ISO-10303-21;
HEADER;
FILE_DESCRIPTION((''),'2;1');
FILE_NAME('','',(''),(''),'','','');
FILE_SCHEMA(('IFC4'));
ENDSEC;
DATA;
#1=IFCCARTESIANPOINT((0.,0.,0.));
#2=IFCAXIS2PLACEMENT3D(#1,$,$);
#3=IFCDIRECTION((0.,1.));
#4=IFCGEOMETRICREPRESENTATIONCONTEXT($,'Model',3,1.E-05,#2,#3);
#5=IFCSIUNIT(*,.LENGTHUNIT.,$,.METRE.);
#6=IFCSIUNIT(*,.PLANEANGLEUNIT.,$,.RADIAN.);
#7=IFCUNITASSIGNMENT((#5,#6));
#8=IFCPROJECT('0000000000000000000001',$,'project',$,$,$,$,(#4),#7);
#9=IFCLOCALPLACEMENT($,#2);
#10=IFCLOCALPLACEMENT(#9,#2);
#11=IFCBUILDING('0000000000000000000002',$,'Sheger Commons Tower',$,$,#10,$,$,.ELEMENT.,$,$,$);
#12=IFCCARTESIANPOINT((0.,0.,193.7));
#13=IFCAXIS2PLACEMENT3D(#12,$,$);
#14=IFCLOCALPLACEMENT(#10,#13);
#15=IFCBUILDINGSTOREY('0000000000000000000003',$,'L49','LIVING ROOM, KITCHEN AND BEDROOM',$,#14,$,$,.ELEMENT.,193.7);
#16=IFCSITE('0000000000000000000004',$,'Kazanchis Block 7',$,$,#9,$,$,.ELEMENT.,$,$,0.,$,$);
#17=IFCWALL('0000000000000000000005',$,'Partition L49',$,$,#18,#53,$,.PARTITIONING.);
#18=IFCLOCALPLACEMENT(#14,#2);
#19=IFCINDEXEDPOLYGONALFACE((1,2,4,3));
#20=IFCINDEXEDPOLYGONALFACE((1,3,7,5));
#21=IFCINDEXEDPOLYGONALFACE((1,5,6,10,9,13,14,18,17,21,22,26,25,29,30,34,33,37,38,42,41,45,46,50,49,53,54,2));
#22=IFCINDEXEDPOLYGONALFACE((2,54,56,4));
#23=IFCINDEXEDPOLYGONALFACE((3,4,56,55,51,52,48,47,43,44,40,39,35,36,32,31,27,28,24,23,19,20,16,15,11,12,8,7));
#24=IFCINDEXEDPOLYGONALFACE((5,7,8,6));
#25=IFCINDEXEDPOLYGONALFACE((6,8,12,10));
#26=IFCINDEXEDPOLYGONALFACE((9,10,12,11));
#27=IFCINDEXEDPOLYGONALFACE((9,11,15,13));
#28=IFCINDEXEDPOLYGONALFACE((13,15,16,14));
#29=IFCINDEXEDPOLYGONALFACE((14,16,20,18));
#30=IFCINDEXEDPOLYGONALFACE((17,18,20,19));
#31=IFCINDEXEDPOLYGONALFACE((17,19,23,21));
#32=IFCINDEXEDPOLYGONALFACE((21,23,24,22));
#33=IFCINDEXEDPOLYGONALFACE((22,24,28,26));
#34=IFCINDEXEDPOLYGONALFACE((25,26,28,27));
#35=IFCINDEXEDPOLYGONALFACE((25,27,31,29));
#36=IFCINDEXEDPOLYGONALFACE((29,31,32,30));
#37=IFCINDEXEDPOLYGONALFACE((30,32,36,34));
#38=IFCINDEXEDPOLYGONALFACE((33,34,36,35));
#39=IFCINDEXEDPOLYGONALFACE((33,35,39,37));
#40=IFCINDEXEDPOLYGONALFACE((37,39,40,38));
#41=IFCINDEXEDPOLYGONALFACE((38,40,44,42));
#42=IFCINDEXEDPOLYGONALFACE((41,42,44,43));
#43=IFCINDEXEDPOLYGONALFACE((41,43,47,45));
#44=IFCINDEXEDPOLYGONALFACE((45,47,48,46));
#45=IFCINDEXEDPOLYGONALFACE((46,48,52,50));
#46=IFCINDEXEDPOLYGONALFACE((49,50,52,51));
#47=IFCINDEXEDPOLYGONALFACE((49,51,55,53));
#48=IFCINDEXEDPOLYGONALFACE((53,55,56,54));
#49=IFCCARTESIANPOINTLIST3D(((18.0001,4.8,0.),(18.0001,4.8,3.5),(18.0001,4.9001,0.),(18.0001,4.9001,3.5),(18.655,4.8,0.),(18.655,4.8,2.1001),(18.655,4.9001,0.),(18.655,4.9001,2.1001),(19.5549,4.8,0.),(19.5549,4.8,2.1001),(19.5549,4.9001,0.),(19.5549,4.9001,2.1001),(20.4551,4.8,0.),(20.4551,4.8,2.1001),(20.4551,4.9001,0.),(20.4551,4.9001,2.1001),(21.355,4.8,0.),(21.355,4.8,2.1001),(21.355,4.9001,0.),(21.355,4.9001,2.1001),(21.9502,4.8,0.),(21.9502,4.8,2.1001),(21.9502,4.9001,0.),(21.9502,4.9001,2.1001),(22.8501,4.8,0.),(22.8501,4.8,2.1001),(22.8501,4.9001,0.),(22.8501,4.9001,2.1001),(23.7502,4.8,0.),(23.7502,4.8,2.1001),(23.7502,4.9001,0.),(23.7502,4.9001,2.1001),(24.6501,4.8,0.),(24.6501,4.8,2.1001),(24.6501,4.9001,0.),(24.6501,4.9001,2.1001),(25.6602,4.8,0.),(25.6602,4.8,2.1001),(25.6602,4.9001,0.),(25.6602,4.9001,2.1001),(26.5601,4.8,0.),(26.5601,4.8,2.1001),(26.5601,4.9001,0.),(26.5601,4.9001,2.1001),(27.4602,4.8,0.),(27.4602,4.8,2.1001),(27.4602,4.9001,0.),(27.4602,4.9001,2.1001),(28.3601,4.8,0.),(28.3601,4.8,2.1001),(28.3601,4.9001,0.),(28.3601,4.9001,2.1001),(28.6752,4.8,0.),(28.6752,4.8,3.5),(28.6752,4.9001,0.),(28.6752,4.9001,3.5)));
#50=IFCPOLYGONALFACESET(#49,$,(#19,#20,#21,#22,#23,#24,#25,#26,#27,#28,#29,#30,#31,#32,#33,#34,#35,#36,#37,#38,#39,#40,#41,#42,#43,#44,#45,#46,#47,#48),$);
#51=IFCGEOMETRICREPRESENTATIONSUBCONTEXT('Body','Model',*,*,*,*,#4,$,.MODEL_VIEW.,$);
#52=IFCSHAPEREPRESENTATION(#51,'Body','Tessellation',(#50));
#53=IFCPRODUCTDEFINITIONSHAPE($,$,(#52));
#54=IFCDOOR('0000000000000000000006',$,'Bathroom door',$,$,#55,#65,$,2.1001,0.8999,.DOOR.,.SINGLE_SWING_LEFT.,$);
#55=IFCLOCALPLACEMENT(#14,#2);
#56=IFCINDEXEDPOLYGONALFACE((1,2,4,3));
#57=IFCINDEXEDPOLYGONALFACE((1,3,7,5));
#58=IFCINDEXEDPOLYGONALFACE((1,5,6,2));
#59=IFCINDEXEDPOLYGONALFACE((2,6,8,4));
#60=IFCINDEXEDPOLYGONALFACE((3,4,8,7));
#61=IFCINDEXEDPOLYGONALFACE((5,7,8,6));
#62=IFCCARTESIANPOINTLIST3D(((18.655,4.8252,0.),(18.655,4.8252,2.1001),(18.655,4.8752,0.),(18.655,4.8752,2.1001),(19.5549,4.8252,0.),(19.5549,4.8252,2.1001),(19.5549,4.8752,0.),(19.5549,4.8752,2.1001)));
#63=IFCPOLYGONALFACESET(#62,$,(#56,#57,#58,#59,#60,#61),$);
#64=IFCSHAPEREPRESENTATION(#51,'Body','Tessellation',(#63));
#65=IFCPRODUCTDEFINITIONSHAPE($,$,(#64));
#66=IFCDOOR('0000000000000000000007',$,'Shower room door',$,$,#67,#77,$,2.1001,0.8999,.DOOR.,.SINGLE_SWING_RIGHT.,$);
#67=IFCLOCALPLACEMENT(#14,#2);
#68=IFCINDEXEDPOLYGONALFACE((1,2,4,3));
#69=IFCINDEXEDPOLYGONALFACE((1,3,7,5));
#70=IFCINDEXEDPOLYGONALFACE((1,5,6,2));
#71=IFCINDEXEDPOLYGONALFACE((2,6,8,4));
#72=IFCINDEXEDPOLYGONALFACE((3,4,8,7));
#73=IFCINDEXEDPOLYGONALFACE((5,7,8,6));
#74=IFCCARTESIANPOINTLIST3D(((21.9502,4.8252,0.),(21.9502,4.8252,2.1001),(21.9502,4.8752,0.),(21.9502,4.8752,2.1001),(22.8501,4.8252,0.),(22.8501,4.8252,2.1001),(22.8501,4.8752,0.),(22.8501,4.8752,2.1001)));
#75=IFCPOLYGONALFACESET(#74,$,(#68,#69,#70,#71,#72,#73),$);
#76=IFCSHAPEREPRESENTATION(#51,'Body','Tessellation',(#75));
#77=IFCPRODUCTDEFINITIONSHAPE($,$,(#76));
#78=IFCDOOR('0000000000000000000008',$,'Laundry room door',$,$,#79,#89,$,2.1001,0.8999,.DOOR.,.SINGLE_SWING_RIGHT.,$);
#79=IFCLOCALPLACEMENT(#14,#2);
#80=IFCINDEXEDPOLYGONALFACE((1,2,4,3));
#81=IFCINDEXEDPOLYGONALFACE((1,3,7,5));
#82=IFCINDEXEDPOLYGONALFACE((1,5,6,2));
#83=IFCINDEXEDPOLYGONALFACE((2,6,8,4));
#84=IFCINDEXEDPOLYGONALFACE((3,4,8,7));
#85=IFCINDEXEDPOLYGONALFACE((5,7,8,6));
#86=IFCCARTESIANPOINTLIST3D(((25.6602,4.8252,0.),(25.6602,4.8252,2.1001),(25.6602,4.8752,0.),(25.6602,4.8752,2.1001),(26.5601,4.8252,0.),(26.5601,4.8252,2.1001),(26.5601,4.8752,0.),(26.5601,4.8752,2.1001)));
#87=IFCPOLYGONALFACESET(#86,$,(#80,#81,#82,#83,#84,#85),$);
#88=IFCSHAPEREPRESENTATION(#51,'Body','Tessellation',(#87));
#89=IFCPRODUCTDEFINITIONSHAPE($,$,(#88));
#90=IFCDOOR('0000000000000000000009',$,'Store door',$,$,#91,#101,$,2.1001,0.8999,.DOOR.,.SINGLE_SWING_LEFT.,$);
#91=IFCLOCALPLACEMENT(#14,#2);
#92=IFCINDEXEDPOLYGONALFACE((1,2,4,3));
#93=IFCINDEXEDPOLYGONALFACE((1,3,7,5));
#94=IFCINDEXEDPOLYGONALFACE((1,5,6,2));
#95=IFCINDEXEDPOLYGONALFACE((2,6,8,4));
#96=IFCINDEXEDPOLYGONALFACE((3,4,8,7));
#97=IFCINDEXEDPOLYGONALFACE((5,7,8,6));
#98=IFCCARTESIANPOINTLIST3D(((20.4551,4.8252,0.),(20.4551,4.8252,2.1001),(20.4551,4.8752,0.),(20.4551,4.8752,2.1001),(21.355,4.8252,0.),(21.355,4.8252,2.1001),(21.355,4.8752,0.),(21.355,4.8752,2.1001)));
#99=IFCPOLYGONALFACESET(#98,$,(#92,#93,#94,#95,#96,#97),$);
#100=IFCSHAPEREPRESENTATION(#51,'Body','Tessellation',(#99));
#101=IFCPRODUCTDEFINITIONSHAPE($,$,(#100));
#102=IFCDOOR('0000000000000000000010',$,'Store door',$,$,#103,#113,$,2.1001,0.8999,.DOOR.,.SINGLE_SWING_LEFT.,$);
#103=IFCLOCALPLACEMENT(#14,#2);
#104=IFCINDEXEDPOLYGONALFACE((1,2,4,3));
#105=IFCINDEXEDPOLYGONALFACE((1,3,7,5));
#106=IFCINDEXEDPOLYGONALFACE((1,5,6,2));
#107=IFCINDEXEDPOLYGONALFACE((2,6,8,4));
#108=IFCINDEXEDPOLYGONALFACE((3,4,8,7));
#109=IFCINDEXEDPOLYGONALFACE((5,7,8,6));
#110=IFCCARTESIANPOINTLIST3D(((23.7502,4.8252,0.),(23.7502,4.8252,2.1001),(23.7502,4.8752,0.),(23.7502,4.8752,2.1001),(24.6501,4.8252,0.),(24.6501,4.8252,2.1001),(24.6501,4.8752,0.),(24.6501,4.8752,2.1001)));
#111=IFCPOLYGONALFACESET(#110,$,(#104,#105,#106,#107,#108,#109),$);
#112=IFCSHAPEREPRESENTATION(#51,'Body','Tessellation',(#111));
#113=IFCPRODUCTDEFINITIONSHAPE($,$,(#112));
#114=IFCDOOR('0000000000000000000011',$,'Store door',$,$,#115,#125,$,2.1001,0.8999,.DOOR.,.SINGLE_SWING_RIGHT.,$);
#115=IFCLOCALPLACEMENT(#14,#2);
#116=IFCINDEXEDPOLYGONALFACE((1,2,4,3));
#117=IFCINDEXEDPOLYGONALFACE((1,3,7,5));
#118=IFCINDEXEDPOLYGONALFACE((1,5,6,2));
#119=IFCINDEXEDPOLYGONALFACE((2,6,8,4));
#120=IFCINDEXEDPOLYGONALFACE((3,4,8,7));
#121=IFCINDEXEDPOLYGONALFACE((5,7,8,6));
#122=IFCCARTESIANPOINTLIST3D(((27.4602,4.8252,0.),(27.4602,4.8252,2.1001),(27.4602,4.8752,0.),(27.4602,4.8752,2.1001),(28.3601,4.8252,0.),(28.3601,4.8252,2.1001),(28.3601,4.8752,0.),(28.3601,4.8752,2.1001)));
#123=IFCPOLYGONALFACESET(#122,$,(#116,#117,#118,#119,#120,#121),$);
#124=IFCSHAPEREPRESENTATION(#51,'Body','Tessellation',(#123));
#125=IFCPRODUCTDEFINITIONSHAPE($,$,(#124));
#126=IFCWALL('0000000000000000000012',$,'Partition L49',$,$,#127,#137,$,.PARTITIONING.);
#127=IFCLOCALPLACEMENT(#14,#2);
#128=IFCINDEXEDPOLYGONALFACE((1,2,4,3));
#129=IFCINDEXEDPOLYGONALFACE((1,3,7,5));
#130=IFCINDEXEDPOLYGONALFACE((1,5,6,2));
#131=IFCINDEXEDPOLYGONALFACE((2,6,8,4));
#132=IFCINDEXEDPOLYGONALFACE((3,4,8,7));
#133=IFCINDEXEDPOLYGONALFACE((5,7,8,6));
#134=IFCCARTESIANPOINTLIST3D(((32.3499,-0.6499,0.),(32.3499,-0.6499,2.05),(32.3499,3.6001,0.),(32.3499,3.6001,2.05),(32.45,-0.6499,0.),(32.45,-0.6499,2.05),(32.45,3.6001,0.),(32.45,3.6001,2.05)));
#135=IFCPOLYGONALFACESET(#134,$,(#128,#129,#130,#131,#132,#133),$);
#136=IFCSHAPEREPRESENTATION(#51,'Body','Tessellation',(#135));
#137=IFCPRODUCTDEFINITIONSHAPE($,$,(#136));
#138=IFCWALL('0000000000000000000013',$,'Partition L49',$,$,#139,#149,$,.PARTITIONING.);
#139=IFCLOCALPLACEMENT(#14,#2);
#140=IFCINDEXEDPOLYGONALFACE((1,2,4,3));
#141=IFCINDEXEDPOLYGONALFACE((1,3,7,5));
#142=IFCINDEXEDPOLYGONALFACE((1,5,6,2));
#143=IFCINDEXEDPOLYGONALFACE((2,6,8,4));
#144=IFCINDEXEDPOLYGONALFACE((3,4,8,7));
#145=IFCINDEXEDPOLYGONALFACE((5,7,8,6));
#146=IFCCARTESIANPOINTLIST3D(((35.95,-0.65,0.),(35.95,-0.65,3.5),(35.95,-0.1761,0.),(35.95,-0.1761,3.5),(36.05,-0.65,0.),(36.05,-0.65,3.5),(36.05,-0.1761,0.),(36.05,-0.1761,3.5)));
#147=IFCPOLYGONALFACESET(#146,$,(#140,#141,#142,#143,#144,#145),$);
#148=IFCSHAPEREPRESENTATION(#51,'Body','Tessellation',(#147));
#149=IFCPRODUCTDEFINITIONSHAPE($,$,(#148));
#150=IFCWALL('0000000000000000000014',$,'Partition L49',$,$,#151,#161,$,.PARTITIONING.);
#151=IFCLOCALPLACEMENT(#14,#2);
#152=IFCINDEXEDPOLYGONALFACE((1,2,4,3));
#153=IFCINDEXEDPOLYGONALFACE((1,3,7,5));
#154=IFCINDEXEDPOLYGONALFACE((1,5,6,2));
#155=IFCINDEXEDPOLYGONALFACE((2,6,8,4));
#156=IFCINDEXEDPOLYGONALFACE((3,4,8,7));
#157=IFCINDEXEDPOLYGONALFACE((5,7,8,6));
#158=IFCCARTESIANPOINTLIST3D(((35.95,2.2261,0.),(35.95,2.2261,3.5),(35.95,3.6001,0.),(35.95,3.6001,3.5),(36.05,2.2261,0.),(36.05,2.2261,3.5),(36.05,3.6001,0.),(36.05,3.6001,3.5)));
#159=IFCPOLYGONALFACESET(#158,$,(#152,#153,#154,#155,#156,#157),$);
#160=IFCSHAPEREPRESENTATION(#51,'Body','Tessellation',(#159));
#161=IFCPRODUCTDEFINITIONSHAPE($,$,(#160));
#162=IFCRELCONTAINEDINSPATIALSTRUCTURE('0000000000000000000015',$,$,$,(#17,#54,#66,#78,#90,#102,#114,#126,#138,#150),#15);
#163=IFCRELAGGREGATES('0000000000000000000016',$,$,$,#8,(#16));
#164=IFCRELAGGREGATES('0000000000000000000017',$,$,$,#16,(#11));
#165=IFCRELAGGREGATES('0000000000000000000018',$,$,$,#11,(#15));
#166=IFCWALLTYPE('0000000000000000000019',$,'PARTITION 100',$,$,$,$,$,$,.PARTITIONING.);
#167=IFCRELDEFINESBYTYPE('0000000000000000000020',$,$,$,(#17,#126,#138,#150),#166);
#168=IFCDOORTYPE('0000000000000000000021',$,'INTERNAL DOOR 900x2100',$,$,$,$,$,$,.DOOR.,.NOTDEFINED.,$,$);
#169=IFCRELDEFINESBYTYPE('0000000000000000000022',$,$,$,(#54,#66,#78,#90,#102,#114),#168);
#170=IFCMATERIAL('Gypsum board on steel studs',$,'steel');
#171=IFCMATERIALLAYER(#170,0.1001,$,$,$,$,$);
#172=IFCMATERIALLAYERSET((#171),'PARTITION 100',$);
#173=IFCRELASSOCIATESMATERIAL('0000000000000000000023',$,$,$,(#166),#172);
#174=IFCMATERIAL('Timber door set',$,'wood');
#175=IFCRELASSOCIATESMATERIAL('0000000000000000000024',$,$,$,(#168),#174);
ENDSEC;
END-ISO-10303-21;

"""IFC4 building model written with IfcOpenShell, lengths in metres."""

from ifc_helpers import new_model, si_unit, direction, frame, frame_2d, origin, place, context, subcontext, project, spatial, rectangle, extrude, material, layer, layer_set, type_object, element, fill, save


model = new_model("IFC4")

# Units and contexts
model_context = context("Model", 3, precision=1e-05, world=origin(), true_north=direction((0.0, 1.0)))
body_context = subcontext(model_context, "Body", "Model", "MODEL_VIEW")
ifc_project = project(units=[si_unit("LENGTHUNIT", "METRE"), si_unit("PLANEANGLEUNIT", "RADIAN")], contexts=[model_context])

# Site, building, storey
site_placement = place(None, origin())
site = spatial("IfcSite", under=ifc_project, at=site_placement, Name="Kazanchis Block 7", CompositionType="ELEMENT", RefElevation=0.0)
building_placement = place(site_placement, origin())
building = spatial("IfcBuilding", under=site, at=building_placement, Name="Sheger Commons Tower", CompositionType="ELEMENT")
storey_placement = place(building_placement, frame((0.0, 0.0, 193.7)))
storey = spatial("IfcBuildingStorey", under=building, at=storey_placement, Name="L49", Description="LIVING ROOM, KITCHEN AND BEDROOM", CompositionType="ELEMENT", Elevation=193.7)

# Wall, openings, doors
ifc_material_1 = material(Name="Gypsum board on steel studs", Category="steel")
ifc_layer_1 = layer(ifc_material_1, 0.1001)
ifc_layer_set_1 = layer_set([ifc_layer_1], Name="PARTITION 100")
wall_type_1 = type_object("IfcWallType", Name="PARTITION 100", PredefinedType="PARTITIONING", material=ifc_layer_set_1)
wall_1_placement = place(storey_placement, frame((28.675, 4.8501, 0.0), z_axis=(0.0, 0.0, 1.0), x_axis=(-1.0, 0.0, 0.0)))
wall_1 = element("IfcWall", 1, at=wall_1_placement, inside=storey, type_object=wall_type_1, Name="Partition L49", PredefinedType="PARTITIONING", context=body_context, shape_type="SweptSolid", body=[
    extrude(rectangle(XDim=10.675, YDim=0.1001, at=frame_2d((5.3374, 0.0))), origin(), (0.0, 0.0, 1.0), 3.5),
])
opening_1_placement = place(wall_1_placement, frame((9.1201, 0.0, 0.0)))
opening_1 = element("IfcOpeningElement", 2, at=opening_1_placement, cuts=wall_1, PredefinedType="OPENING", context=body_context, shape_type="SweptSolid", body=[
    extrude(rectangle(XDim=0.8999, YDim=2.1001, at=frame_2d((0.45, 1.05))), frame((0.0, 0.0601, 0.0), z_axis=(0.0, -1.0, 0.0), x_axis=(1.0, 0.0, 0.0)), (0.0, 0.0, 1.0), 0.1201),
])
opening_2_placement = place(wall_1_placement, frame((5.825, 0.0, 0.0)))
opening_2 = element("IfcOpeningElement", 3, at=opening_2_placement, cuts=wall_1, PredefinedType="OPENING", context=body_context, shape_type="SweptSolid", body=[
    extrude(rectangle(XDim=0.8999, YDim=2.1001, at=frame_2d((0.45, 1.05))), frame((0.0, 0.0601, 0.0), z_axis=(0.0, -1.0, 0.0), x_axis=(1.0, 0.0, 0.0)), (0.0, 0.0, 1.0), 0.1201),
])
opening_3_placement = place(wall_1_placement, frame((2.115, 0.0, 0.0)))
opening_3 = element("IfcOpeningElement", 4, at=opening_3_placement, cuts=wall_1, PredefinedType="OPENING", context=body_context, shape_type="SweptSolid", body=[
    extrude(rectangle(XDim=0.8999, YDim=2.1001, at=frame_2d((0.45, 1.05))), frame((0.0, 0.0601, 0.0), z_axis=(0.0, -1.0, 0.0), x_axis=(1.0, 0.0, 0.0)), (0.0, 0.0, 1.0), 0.1201),
])
opening_4_placement = place(wall_1_placement, frame((7.3201, 0.0, 0.0)))
opening_4 = element("IfcOpeningElement", 5, at=opening_4_placement, cuts=wall_1, PredefinedType="OPENING", context=body_context, shape_type="SweptSolid", body=[
    extrude(rectangle(XDim=0.8999, YDim=2.1001, at=frame_2d((0.45, 1.05))), frame((0.0, 0.0601, 0.0), z_axis=(0.0, -1.0, 0.0), x_axis=(1.0, 0.0, 0.0)), (0.0, 0.0, 1.0), 0.1201),
])
opening_5_placement = place(wall_1_placement, frame((4.0249, 0.0, 0.0)))
opening_5 = element("IfcOpeningElement", 6, at=opening_5_placement, cuts=wall_1, PredefinedType="OPENING", context=body_context, shape_type="SweptSolid", body=[
    extrude(rectangle(XDim=0.8999, YDim=2.1001, at=frame_2d((0.45, 1.05))), frame((0.0, 0.0601, 0.0), z_axis=(0.0, -1.0, 0.0), x_axis=(1.0, 0.0, 0.0)), (0.0, 0.0, 1.0), 0.1201),
])
opening_6_placement = place(wall_1_placement, frame((0.3149, 0.0, 0.0)))
opening_6 = element("IfcOpeningElement", 7, at=opening_6_placement, cuts=wall_1, PredefinedType="OPENING", context=body_context, shape_type="SweptSolid", body=[
    extrude(rectangle(XDim=0.8999, YDim=2.1001, at=frame_2d((0.45, 1.05))), frame((0.0, 0.0601, 0.0), z_axis=(0.0, -1.0, 0.0), x_axis=(1.0, 0.0, 0.0)), (0.0, 0.0, 1.0), 0.1201),
])
ifc_material_2 = material(Name="Timber door set", Category="wood")
door_type = type_object("IfcDoorType", Name="INTERNAL DOOR 900x2100", OperationType="NOTDEFINED", PredefinedType="DOOR", material=ifc_material_2)
door_1_placement = place(opening_1_placement, origin())
door_1 = element("IfcDoor", 8, at=door_1_placement, inside=storey, type_object=door_type, Name="Bathroom door", OperationType="SINGLE_SWING_LEFT", OverallHeight=2.1001, OverallWidth=0.8999, PredefinedType="DOOR", context=body_context, shape_type="SweptSolid", body=[
    extrude(rectangle(XDim=0.8999, YDim=2.1001, at=frame_2d((0.45, 1.05))), frame((0.0, 0.0249, 0.0), z_axis=(0.0, -1.0, 0.0), x_axis=(1.0, 0.0, 0.0)), (0.0, 0.0, 1.0), 0.05),
])
fill(opening_1, door_1)
door_2_placement = place(opening_2_placement, origin())
door_2 = element("IfcDoor", 9, at=door_2_placement, inside=storey, type_object=door_type, Name="Shower room door", OperationType="SINGLE_SWING_RIGHT", OverallHeight=2.1001, OverallWidth=0.8999, PredefinedType="DOOR", context=body_context, shape_type="SweptSolid", body=[
    extrude(rectangle(XDim=0.8999, YDim=2.1001, at=frame_2d((0.45, 1.05))), frame((0.0, 0.0249, 0.0), z_axis=(0.0, -1.0, 0.0), x_axis=(1.0, 0.0, 0.0)), (0.0, 0.0, 1.0), 0.05),
])
fill(opening_2, door_2)
door_3_placement = place(opening_3_placement, origin())
door_3 = element("IfcDoor", 10, at=door_3_placement, inside=storey, type_object=door_type, Name="Laundry room door", OperationType="SINGLE_SWING_RIGHT", OverallHeight=2.1001, OverallWidth=0.8999, PredefinedType="DOOR", context=body_context, shape_type="SweptSolid", body=[
    extrude(rectangle(XDim=0.8999, YDim=2.1001, at=frame_2d((0.45, 1.05))), frame((0.0, 0.0249, 0.0), z_axis=(0.0, -1.0, 0.0), x_axis=(1.0, 0.0, 0.0)), (0.0, 0.0, 1.0), 0.05),
])
fill(opening_3, door_3)
door_4_placement = place(opening_4_placement, origin())
door_4 = element("IfcDoor", 11, at=door_4_placement, inside=storey, type_object=door_type, Name="Store door", OperationType="SINGLE_SWING_LEFT", OverallHeight=2.1001, OverallWidth=0.8999, PredefinedType="DOOR", context=body_context, shape_type="SweptSolid", body=[
    extrude(rectangle(XDim=0.8999, YDim=2.1001, at=frame_2d((0.45, 1.05))), frame((0.0, 0.0249, 0.0), z_axis=(0.0, -1.0, 0.0), x_axis=(1.0, 0.0, 0.0)), (0.0, 0.0, 1.0), 0.05),
])
fill(opening_4, door_4)
door_5_placement = place(opening_5_placement, origin())
door_5 = element("IfcDoor", 12, at=door_5_placement, inside=storey, type_object=door_type, Name="Store door", OperationType="SINGLE_SWING_LEFT", OverallHeight=2.1001, OverallWidth=0.8999, PredefinedType="DOOR", context=body_context, shape_type="SweptSolid", body=[
    extrude(rectangle(XDim=0.8999, YDim=2.1001, at=frame_2d((0.45, 1.05))), frame((0.0, 0.0249, 0.0), z_axis=(0.0, -1.0, 0.0), x_axis=(1.0, 0.0, 0.0)), (0.0, 0.0, 1.0), 0.05),
])
fill(opening_5, door_5)
door_6_placement = place(opening_6_placement, origin())
door_6 = element("IfcDoor", 13, at=door_6_placement, inside=storey, type_object=door_type, Name="Store door", OperationType="SINGLE_SWING_RIGHT", OverallHeight=2.1001, OverallWidth=0.8999, PredefinedType="DOOR", context=body_context, shape_type="SweptSolid", body=[
    extrude(rectangle(XDim=0.8999, YDim=2.1001, at=frame_2d((0.45, 1.05))), frame((0.0, 0.0249, 0.0), z_axis=(0.0, -1.0, 0.0), x_axis=(1.0, 0.0, 0.0)), (0.0, 0.0, 1.0), 0.05),
])
fill(opening_6, door_6)

# Walls
wall_2_placement = place(storey_placement, frame((32.3999, -0.6499, 0.0), z_axis=(0.0, 0.0, 1.0), x_axis=(0.0, 1.0, 0.0)))
element("IfcWall", 14, at=wall_2_placement, inside=storey, type_object=wall_type_1, Name="Partition L49", PredefinedType="PARTITIONING", context=body_context, shape_type="SweptSolid", body=[
    extrude(rectangle(XDim=4.25, YDim=0.1001, at=frame_2d((2.125, 0.0))), origin(), (0.0, 0.0, 1.0), 2.05),
])
wall_3_placement = place(storey_placement, frame((36.0, -0.6499, 0.0), z_axis=(0.0, 0.0, 1.0), x_axis=(0.0, 1.0, 0.0)))
element("IfcWall", 15, at=wall_3_placement, inside=storey, type_object=wall_type_1, Name="Partition L49", PredefinedType="PARTITIONING", context=body_context, shape_type="SweptSolid", body=[
    extrude(rectangle(XDim=0.4739, YDim=0.1001, at=frame_2d((0.2368, 0.0))), origin(), (0.0, 0.0, 1.0), 3.5),
])
wall_4_placement = place(storey_placement, frame((36.0, 2.2261, 0.0), z_axis=(0.0, 0.0, 1.0), x_axis=(0.0, 1.0, 0.0)))
element("IfcWall", 16, at=wall_4_placement, inside=storey, type_object=wall_type_1, Name="Partition L49", PredefinedType="PARTITIONING", context=body_context, shape_type="SweptSolid", body=[
    extrude(rectangle(XDim=1.374, YDim=0.1001, at=frame_2d((0.687, 0.0))), origin(), (0.0, 0.0, 1.0), 3.5),
])

save(model, "model.ifc")
